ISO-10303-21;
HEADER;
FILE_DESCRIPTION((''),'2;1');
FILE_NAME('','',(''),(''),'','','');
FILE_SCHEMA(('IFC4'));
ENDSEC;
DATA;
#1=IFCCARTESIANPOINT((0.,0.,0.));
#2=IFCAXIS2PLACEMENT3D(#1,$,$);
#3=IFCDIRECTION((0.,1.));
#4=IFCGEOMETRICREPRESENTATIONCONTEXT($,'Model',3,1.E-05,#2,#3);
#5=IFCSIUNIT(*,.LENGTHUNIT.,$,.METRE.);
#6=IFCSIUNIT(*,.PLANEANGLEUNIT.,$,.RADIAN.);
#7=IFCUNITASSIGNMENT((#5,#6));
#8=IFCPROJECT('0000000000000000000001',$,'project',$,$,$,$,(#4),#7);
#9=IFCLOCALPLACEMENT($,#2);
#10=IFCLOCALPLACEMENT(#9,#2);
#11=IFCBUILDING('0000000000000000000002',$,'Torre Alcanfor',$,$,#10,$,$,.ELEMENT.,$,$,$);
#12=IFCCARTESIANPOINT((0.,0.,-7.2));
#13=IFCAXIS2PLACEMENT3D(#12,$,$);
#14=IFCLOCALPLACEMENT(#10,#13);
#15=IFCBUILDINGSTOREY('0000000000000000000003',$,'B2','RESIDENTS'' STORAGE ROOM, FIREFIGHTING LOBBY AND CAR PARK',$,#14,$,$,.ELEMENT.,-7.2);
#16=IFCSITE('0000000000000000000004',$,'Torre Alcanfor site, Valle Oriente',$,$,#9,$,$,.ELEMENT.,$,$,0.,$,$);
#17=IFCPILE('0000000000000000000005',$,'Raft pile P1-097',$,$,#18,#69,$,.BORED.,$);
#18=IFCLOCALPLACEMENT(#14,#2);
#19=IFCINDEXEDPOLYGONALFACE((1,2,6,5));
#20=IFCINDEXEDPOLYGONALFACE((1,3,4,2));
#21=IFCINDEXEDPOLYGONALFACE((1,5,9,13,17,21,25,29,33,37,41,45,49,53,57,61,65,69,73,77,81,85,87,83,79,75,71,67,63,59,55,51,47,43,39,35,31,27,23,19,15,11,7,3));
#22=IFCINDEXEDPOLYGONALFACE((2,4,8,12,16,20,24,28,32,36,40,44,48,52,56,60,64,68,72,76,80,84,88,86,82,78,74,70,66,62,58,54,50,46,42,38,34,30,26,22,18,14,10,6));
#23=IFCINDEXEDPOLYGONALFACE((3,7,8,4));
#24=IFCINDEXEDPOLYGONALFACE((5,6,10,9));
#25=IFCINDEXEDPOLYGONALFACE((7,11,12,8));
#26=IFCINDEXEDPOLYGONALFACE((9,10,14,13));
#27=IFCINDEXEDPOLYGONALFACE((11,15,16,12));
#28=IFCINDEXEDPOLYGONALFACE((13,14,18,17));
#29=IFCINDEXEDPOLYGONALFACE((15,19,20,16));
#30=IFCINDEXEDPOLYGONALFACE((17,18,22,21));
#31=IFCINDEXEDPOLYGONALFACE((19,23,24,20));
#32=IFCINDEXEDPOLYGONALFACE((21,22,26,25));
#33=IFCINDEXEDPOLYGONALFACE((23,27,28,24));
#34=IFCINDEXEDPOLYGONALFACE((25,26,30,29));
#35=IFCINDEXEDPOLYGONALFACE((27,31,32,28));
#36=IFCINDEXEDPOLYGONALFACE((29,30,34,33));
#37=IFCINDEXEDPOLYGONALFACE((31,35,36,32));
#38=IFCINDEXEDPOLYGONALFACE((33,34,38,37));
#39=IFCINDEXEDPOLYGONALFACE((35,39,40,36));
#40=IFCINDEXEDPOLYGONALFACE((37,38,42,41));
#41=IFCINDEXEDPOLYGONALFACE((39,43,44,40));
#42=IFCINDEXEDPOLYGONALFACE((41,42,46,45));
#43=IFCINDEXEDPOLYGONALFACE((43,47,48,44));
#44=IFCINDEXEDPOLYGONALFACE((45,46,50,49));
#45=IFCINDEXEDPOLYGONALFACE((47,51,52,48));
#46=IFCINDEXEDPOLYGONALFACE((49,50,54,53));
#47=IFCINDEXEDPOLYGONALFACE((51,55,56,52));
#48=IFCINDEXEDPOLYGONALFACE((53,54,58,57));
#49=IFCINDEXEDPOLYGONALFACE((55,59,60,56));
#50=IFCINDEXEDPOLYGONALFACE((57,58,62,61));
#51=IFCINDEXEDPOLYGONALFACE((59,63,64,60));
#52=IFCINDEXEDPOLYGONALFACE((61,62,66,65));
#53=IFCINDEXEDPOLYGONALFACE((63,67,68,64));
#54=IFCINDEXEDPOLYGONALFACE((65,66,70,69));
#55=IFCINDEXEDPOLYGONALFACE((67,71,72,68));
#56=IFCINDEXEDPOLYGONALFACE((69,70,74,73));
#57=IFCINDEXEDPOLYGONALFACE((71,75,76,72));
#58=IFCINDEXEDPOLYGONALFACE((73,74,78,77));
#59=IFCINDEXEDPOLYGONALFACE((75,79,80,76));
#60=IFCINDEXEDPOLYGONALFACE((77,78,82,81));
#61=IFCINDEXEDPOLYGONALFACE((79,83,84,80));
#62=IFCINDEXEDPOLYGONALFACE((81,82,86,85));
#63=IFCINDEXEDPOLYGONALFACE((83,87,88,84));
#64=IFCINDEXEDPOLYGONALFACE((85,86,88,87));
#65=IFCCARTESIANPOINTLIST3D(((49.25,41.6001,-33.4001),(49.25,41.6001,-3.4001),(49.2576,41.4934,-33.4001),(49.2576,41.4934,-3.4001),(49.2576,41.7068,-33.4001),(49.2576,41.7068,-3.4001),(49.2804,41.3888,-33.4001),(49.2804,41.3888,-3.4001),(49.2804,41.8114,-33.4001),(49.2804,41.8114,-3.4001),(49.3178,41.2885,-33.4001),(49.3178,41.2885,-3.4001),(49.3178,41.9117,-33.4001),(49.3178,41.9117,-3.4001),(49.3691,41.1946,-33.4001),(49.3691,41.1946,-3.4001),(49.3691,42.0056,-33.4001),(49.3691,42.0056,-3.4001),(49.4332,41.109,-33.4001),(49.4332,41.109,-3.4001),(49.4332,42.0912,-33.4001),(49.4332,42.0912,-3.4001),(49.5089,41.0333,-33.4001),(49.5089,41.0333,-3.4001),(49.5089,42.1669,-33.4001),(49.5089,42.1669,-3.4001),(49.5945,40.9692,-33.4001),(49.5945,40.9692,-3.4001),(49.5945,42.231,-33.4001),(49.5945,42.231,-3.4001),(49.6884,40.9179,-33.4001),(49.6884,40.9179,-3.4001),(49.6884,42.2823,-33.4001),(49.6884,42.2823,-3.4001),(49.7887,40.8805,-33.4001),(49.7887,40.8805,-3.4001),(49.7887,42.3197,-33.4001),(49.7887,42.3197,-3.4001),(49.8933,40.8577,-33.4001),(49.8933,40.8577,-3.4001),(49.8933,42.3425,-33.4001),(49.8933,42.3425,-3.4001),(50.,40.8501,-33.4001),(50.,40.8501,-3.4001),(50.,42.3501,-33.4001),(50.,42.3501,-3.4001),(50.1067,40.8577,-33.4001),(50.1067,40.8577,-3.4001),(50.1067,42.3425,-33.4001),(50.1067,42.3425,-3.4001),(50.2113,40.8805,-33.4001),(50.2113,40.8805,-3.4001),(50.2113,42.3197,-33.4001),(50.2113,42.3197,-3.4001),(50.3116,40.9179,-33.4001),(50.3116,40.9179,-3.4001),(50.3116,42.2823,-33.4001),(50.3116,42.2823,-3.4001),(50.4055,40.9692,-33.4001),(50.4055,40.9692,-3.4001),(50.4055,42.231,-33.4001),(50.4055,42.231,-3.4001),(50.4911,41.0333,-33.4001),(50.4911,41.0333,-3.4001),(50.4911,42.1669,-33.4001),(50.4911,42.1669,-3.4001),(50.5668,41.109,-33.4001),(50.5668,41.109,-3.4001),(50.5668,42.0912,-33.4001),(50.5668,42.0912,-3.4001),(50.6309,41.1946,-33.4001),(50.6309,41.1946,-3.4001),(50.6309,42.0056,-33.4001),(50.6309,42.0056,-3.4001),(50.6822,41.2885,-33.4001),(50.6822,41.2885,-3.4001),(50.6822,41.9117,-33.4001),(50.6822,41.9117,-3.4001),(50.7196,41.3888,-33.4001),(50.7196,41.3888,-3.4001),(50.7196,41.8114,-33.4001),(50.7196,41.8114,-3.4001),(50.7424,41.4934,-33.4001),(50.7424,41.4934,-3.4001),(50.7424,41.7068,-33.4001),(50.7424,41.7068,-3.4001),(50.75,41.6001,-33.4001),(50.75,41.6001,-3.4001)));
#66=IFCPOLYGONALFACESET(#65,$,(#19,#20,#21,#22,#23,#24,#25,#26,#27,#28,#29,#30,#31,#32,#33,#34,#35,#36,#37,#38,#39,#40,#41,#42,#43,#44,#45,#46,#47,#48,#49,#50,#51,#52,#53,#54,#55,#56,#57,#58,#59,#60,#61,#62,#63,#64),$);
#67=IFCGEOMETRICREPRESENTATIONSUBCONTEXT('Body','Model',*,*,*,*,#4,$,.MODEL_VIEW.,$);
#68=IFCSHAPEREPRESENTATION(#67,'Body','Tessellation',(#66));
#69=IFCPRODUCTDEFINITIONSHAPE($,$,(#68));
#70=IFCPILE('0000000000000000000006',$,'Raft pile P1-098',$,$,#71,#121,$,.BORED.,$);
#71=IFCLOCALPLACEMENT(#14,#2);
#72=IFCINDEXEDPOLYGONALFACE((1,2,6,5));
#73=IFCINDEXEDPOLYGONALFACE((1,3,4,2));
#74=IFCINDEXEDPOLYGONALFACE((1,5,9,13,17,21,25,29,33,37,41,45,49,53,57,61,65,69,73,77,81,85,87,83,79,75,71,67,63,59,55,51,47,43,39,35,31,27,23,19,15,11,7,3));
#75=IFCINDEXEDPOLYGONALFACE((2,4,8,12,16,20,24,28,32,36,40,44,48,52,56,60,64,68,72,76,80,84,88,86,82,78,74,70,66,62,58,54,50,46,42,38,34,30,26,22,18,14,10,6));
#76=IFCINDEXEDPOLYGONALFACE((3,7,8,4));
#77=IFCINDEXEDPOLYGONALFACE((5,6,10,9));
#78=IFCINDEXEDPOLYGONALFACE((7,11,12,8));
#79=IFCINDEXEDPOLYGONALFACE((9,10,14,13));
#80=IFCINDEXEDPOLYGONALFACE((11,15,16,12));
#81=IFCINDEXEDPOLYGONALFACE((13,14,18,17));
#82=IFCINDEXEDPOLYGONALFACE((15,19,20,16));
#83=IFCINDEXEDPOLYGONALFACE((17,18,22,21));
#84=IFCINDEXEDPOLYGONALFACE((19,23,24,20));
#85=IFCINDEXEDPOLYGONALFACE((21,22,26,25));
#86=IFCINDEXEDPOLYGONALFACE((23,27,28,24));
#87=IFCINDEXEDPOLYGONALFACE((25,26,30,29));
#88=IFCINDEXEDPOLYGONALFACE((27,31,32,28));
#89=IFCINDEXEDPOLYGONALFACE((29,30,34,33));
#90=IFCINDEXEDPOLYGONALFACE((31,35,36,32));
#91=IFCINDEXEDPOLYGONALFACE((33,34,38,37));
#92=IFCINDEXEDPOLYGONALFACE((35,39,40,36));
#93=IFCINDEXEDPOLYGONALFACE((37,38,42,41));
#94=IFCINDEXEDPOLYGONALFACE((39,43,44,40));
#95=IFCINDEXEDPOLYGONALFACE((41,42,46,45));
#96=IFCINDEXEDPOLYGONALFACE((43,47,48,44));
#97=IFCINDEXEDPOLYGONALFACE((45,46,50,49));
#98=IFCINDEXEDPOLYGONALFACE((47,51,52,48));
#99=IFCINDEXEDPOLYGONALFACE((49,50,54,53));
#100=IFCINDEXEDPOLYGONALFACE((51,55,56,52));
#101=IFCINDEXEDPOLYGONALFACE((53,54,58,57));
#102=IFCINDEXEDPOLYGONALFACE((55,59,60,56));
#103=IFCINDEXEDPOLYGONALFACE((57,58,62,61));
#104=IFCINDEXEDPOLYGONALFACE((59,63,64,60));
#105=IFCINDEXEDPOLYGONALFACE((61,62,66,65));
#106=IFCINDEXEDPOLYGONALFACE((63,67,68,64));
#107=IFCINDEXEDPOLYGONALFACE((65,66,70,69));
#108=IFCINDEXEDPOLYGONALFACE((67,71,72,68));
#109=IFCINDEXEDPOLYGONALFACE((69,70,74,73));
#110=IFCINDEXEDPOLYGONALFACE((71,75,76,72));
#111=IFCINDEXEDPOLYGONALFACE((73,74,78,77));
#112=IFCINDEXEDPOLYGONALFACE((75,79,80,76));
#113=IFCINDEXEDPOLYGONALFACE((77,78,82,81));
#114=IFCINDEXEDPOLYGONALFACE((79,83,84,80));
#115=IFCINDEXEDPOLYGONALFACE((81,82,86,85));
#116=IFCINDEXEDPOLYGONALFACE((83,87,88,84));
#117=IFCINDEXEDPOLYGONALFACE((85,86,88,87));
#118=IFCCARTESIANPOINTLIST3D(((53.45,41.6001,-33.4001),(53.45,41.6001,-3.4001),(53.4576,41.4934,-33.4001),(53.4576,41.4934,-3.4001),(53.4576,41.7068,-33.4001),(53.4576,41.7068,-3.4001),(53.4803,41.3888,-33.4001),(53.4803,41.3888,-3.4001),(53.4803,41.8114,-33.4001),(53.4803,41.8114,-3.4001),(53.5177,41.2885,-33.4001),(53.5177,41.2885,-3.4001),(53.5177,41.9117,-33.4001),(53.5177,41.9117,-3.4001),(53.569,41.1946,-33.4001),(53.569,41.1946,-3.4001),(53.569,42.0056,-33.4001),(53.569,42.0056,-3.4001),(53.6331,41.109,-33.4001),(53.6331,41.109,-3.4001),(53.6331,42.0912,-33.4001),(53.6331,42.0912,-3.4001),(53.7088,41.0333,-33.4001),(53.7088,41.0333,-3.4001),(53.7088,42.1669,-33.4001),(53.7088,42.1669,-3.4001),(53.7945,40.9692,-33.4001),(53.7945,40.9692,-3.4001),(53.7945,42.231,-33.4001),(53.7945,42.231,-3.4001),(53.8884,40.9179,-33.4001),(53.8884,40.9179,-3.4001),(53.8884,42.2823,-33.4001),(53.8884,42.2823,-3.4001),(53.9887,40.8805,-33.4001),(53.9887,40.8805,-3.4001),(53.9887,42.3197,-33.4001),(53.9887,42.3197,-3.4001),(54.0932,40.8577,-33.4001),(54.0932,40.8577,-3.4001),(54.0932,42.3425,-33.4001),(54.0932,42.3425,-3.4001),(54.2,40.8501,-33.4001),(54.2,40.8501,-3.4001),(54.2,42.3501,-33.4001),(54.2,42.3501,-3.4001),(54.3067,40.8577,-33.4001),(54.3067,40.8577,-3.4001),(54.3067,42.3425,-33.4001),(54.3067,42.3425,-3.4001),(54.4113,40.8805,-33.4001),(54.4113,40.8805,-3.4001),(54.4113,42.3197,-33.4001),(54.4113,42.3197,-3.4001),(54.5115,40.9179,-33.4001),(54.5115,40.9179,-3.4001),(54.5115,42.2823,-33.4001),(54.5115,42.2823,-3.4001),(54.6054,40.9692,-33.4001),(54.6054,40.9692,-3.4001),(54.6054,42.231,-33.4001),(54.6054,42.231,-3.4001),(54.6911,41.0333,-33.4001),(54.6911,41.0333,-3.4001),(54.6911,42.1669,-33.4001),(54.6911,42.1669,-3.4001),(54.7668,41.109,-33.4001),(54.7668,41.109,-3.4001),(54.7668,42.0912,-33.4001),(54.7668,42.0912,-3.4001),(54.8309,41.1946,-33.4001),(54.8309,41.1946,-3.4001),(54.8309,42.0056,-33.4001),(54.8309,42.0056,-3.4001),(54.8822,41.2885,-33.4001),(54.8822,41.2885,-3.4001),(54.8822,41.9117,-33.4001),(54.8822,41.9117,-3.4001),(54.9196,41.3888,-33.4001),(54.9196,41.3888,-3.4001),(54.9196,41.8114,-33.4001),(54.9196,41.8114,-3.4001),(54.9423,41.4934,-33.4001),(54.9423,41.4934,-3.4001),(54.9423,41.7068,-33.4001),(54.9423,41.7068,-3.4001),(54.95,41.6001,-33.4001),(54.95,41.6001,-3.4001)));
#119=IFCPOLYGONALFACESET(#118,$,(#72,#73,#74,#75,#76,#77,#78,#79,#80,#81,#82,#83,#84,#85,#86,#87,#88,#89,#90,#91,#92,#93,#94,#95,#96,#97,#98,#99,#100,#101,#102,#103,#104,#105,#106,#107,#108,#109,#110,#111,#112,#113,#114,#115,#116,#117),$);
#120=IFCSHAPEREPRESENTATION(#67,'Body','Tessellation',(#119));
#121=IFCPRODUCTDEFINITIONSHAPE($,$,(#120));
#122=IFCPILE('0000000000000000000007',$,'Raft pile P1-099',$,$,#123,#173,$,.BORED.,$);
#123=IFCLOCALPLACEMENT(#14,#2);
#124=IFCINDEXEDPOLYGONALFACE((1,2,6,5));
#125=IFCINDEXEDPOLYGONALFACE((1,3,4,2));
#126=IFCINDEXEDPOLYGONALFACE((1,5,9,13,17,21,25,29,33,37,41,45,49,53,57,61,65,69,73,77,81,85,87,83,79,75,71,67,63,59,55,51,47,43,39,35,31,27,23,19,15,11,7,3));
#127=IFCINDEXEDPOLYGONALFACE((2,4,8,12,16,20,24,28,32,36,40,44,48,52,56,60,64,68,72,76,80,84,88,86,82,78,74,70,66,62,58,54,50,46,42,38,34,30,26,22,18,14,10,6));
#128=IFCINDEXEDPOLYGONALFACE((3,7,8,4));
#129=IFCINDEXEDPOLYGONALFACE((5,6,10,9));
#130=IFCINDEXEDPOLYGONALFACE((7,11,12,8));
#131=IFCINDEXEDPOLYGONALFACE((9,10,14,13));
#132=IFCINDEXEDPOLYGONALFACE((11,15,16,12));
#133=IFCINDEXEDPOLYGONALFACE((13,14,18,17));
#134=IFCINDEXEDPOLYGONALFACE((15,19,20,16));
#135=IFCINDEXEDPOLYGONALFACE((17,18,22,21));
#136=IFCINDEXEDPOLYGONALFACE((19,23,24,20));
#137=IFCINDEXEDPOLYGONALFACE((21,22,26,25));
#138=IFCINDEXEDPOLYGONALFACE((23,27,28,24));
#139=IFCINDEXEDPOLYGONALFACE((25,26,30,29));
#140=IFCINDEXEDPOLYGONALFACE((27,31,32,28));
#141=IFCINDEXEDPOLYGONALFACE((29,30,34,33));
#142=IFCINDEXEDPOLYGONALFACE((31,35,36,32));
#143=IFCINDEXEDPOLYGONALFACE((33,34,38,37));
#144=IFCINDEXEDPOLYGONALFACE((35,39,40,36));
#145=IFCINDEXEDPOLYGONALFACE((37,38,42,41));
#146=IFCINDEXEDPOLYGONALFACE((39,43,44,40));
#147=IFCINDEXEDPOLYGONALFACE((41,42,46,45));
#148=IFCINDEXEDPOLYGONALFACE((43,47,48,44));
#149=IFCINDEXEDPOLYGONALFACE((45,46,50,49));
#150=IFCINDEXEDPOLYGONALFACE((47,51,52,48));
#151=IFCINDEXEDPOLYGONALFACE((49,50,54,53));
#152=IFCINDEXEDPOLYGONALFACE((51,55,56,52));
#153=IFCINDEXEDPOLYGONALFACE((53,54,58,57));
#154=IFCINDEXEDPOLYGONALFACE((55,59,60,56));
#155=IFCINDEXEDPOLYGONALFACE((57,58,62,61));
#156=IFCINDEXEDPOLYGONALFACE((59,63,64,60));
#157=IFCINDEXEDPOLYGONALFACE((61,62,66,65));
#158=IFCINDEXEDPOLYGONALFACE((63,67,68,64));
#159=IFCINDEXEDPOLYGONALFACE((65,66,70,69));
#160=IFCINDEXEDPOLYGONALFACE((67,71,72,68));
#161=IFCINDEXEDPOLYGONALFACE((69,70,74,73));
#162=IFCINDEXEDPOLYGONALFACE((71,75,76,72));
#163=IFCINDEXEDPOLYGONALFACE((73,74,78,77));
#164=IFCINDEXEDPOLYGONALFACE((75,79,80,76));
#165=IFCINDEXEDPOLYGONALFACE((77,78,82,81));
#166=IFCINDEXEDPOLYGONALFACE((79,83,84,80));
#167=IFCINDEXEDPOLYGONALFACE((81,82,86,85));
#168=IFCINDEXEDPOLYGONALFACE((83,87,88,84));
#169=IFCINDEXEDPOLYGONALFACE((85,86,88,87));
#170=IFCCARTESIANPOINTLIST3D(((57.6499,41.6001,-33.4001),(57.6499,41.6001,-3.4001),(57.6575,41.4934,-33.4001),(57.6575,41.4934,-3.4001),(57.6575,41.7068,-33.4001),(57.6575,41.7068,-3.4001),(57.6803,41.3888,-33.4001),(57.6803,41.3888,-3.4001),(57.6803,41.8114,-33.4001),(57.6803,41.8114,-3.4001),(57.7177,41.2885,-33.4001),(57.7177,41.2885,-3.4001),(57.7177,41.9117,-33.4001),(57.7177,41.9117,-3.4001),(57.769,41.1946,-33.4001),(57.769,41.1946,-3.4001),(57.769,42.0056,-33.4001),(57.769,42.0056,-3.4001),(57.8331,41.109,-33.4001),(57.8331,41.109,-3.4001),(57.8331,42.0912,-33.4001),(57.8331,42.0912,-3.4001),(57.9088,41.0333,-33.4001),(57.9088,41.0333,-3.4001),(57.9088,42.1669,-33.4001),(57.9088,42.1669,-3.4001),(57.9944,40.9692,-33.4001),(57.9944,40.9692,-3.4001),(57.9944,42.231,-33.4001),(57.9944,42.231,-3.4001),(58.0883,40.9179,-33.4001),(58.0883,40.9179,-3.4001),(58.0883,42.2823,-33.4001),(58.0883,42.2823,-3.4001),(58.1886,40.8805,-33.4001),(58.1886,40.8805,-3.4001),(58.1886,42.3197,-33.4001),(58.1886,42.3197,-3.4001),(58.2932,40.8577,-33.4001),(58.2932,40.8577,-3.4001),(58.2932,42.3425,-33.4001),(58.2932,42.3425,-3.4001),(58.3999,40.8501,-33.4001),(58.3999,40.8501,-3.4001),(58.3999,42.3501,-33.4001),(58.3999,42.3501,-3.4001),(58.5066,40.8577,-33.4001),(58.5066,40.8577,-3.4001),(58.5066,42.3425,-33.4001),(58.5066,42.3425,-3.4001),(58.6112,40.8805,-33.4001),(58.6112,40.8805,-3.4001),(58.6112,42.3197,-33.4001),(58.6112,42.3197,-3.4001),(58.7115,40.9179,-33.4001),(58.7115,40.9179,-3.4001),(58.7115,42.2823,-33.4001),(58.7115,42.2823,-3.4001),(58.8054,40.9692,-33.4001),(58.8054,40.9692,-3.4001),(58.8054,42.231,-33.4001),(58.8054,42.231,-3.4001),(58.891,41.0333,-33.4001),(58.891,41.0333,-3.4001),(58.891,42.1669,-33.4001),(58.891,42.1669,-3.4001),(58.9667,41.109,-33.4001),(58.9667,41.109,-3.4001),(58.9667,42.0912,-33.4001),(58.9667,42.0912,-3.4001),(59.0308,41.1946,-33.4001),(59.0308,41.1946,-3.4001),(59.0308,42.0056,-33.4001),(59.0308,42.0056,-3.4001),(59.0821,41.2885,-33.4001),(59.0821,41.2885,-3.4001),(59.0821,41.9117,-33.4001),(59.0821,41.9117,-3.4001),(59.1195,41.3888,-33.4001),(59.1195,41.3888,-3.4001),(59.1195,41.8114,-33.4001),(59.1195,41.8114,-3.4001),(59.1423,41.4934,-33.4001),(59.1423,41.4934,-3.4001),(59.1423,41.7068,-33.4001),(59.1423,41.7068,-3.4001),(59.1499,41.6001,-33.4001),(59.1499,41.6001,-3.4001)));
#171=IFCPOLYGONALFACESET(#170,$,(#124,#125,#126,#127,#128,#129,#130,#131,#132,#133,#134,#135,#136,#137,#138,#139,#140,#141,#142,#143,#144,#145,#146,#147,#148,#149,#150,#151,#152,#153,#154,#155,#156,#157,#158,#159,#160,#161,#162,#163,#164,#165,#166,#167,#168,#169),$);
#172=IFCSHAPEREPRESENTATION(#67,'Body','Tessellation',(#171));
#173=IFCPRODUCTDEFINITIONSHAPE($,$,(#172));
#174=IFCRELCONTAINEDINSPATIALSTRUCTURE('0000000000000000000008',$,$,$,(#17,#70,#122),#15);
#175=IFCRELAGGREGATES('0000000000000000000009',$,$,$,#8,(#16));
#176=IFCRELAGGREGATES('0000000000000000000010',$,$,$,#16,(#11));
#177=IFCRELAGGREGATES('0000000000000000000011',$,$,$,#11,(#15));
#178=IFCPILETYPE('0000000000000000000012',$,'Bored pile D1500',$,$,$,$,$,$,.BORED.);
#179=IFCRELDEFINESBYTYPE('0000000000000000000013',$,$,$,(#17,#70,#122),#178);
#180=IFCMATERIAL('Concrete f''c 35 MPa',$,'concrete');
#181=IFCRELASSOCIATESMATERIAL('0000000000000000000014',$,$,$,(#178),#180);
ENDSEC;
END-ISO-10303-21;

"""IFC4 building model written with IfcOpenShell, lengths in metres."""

from ifc_helpers import new_model, si_unit, direction, frame, origin, origin_2d, place, context, subcontext, project, spatial, circle, extrude, material, material_profile, profile_set, type_object, element, save


model = new_model("IFC4")

# Units and contexts
model_context = context("Model", 3, precision=1e-05, world=origin(), true_north=direction((0.0, 1.0)))
body_context = subcontext(model_context, "Body", "Model", "MODEL_VIEW")
ifc_project = project(units=[si_unit("LENGTHUNIT", "METRE"), si_unit("PLANEANGLEUNIT", "RADIAN")], contexts=[model_context])

# Site, building, storey
site_placement = place(None, origin())
site = spatial("IfcSite", under=ifc_project, at=site_placement, Name="Torre Alcanfor site, Valle Oriente", CompositionType="ELEMENT", RefElevation=0.0)
building_placement = place(site_placement, origin())
building = spatial("IfcBuilding", under=site, at=building_placement, Name="Torre Alcanfor", CompositionType="ELEMENT")
storey_placement = place(building_placement, frame((0.0, 0.0, -7.2)))
storey = spatial("IfcBuildingStorey", under=building, at=storey_placement, Name="B2", Description="RESIDENTS' STORAGE ROOM, FIREFIGHTING LOBBY AND CAR PARK", CompositionType="ELEMENT", Elevation=-7.2)

# Piles
ifc_material_1 = material(Name="Concrete f'c 35 MPa", Category="concrete")
ifc_material_profile_1 = material_profile(ifc_material_1, circle(Radius=0.75, at=origin_2d()), Name="D1500")
ifc_profile_set_1 = profile_set([ifc_material_profile_1], Name="Concrete f'c 35 MPa")
pile_type_1 = type_object("IfcPileType", Name="Bored pile D1500", PredefinedType="BORED", material=ifc_profile_set_1)
for number, where, z_axis, x_axis, name in (
    (1, (50.0, 41.6001, -3.4001), (0.0, 0.0, -1.0), (1.0, 0.0, 0.0), "Raft pile P1-097"),
    (2, (54.2, 41.6001, -3.4001), (0.0, 0.0, -1.0), (1.0, 0.0, 0.0), "Raft pile P1-098"),
    (3, (58.3999, 41.6001, -3.4001), (0.0, 0.0, -1.0), (1.0, 0.0, 0.0), "Raft pile P1-099"),
):
    element("IfcPile", number, at=place(storey_placement, frame(where, z_axis=z_axis, x_axis=x_axis)), inside=storey, type_object=pile_type_1, Name=name, PredefinedType="BORED", context=body_context, shape_type="SweptSolid", body=[
        extrude(circle(Radius=0.75, at=origin_2d()), origin(), (0.0, 0.0, 1.0), 30.0),
    ])

save(model, "model.ifc")
